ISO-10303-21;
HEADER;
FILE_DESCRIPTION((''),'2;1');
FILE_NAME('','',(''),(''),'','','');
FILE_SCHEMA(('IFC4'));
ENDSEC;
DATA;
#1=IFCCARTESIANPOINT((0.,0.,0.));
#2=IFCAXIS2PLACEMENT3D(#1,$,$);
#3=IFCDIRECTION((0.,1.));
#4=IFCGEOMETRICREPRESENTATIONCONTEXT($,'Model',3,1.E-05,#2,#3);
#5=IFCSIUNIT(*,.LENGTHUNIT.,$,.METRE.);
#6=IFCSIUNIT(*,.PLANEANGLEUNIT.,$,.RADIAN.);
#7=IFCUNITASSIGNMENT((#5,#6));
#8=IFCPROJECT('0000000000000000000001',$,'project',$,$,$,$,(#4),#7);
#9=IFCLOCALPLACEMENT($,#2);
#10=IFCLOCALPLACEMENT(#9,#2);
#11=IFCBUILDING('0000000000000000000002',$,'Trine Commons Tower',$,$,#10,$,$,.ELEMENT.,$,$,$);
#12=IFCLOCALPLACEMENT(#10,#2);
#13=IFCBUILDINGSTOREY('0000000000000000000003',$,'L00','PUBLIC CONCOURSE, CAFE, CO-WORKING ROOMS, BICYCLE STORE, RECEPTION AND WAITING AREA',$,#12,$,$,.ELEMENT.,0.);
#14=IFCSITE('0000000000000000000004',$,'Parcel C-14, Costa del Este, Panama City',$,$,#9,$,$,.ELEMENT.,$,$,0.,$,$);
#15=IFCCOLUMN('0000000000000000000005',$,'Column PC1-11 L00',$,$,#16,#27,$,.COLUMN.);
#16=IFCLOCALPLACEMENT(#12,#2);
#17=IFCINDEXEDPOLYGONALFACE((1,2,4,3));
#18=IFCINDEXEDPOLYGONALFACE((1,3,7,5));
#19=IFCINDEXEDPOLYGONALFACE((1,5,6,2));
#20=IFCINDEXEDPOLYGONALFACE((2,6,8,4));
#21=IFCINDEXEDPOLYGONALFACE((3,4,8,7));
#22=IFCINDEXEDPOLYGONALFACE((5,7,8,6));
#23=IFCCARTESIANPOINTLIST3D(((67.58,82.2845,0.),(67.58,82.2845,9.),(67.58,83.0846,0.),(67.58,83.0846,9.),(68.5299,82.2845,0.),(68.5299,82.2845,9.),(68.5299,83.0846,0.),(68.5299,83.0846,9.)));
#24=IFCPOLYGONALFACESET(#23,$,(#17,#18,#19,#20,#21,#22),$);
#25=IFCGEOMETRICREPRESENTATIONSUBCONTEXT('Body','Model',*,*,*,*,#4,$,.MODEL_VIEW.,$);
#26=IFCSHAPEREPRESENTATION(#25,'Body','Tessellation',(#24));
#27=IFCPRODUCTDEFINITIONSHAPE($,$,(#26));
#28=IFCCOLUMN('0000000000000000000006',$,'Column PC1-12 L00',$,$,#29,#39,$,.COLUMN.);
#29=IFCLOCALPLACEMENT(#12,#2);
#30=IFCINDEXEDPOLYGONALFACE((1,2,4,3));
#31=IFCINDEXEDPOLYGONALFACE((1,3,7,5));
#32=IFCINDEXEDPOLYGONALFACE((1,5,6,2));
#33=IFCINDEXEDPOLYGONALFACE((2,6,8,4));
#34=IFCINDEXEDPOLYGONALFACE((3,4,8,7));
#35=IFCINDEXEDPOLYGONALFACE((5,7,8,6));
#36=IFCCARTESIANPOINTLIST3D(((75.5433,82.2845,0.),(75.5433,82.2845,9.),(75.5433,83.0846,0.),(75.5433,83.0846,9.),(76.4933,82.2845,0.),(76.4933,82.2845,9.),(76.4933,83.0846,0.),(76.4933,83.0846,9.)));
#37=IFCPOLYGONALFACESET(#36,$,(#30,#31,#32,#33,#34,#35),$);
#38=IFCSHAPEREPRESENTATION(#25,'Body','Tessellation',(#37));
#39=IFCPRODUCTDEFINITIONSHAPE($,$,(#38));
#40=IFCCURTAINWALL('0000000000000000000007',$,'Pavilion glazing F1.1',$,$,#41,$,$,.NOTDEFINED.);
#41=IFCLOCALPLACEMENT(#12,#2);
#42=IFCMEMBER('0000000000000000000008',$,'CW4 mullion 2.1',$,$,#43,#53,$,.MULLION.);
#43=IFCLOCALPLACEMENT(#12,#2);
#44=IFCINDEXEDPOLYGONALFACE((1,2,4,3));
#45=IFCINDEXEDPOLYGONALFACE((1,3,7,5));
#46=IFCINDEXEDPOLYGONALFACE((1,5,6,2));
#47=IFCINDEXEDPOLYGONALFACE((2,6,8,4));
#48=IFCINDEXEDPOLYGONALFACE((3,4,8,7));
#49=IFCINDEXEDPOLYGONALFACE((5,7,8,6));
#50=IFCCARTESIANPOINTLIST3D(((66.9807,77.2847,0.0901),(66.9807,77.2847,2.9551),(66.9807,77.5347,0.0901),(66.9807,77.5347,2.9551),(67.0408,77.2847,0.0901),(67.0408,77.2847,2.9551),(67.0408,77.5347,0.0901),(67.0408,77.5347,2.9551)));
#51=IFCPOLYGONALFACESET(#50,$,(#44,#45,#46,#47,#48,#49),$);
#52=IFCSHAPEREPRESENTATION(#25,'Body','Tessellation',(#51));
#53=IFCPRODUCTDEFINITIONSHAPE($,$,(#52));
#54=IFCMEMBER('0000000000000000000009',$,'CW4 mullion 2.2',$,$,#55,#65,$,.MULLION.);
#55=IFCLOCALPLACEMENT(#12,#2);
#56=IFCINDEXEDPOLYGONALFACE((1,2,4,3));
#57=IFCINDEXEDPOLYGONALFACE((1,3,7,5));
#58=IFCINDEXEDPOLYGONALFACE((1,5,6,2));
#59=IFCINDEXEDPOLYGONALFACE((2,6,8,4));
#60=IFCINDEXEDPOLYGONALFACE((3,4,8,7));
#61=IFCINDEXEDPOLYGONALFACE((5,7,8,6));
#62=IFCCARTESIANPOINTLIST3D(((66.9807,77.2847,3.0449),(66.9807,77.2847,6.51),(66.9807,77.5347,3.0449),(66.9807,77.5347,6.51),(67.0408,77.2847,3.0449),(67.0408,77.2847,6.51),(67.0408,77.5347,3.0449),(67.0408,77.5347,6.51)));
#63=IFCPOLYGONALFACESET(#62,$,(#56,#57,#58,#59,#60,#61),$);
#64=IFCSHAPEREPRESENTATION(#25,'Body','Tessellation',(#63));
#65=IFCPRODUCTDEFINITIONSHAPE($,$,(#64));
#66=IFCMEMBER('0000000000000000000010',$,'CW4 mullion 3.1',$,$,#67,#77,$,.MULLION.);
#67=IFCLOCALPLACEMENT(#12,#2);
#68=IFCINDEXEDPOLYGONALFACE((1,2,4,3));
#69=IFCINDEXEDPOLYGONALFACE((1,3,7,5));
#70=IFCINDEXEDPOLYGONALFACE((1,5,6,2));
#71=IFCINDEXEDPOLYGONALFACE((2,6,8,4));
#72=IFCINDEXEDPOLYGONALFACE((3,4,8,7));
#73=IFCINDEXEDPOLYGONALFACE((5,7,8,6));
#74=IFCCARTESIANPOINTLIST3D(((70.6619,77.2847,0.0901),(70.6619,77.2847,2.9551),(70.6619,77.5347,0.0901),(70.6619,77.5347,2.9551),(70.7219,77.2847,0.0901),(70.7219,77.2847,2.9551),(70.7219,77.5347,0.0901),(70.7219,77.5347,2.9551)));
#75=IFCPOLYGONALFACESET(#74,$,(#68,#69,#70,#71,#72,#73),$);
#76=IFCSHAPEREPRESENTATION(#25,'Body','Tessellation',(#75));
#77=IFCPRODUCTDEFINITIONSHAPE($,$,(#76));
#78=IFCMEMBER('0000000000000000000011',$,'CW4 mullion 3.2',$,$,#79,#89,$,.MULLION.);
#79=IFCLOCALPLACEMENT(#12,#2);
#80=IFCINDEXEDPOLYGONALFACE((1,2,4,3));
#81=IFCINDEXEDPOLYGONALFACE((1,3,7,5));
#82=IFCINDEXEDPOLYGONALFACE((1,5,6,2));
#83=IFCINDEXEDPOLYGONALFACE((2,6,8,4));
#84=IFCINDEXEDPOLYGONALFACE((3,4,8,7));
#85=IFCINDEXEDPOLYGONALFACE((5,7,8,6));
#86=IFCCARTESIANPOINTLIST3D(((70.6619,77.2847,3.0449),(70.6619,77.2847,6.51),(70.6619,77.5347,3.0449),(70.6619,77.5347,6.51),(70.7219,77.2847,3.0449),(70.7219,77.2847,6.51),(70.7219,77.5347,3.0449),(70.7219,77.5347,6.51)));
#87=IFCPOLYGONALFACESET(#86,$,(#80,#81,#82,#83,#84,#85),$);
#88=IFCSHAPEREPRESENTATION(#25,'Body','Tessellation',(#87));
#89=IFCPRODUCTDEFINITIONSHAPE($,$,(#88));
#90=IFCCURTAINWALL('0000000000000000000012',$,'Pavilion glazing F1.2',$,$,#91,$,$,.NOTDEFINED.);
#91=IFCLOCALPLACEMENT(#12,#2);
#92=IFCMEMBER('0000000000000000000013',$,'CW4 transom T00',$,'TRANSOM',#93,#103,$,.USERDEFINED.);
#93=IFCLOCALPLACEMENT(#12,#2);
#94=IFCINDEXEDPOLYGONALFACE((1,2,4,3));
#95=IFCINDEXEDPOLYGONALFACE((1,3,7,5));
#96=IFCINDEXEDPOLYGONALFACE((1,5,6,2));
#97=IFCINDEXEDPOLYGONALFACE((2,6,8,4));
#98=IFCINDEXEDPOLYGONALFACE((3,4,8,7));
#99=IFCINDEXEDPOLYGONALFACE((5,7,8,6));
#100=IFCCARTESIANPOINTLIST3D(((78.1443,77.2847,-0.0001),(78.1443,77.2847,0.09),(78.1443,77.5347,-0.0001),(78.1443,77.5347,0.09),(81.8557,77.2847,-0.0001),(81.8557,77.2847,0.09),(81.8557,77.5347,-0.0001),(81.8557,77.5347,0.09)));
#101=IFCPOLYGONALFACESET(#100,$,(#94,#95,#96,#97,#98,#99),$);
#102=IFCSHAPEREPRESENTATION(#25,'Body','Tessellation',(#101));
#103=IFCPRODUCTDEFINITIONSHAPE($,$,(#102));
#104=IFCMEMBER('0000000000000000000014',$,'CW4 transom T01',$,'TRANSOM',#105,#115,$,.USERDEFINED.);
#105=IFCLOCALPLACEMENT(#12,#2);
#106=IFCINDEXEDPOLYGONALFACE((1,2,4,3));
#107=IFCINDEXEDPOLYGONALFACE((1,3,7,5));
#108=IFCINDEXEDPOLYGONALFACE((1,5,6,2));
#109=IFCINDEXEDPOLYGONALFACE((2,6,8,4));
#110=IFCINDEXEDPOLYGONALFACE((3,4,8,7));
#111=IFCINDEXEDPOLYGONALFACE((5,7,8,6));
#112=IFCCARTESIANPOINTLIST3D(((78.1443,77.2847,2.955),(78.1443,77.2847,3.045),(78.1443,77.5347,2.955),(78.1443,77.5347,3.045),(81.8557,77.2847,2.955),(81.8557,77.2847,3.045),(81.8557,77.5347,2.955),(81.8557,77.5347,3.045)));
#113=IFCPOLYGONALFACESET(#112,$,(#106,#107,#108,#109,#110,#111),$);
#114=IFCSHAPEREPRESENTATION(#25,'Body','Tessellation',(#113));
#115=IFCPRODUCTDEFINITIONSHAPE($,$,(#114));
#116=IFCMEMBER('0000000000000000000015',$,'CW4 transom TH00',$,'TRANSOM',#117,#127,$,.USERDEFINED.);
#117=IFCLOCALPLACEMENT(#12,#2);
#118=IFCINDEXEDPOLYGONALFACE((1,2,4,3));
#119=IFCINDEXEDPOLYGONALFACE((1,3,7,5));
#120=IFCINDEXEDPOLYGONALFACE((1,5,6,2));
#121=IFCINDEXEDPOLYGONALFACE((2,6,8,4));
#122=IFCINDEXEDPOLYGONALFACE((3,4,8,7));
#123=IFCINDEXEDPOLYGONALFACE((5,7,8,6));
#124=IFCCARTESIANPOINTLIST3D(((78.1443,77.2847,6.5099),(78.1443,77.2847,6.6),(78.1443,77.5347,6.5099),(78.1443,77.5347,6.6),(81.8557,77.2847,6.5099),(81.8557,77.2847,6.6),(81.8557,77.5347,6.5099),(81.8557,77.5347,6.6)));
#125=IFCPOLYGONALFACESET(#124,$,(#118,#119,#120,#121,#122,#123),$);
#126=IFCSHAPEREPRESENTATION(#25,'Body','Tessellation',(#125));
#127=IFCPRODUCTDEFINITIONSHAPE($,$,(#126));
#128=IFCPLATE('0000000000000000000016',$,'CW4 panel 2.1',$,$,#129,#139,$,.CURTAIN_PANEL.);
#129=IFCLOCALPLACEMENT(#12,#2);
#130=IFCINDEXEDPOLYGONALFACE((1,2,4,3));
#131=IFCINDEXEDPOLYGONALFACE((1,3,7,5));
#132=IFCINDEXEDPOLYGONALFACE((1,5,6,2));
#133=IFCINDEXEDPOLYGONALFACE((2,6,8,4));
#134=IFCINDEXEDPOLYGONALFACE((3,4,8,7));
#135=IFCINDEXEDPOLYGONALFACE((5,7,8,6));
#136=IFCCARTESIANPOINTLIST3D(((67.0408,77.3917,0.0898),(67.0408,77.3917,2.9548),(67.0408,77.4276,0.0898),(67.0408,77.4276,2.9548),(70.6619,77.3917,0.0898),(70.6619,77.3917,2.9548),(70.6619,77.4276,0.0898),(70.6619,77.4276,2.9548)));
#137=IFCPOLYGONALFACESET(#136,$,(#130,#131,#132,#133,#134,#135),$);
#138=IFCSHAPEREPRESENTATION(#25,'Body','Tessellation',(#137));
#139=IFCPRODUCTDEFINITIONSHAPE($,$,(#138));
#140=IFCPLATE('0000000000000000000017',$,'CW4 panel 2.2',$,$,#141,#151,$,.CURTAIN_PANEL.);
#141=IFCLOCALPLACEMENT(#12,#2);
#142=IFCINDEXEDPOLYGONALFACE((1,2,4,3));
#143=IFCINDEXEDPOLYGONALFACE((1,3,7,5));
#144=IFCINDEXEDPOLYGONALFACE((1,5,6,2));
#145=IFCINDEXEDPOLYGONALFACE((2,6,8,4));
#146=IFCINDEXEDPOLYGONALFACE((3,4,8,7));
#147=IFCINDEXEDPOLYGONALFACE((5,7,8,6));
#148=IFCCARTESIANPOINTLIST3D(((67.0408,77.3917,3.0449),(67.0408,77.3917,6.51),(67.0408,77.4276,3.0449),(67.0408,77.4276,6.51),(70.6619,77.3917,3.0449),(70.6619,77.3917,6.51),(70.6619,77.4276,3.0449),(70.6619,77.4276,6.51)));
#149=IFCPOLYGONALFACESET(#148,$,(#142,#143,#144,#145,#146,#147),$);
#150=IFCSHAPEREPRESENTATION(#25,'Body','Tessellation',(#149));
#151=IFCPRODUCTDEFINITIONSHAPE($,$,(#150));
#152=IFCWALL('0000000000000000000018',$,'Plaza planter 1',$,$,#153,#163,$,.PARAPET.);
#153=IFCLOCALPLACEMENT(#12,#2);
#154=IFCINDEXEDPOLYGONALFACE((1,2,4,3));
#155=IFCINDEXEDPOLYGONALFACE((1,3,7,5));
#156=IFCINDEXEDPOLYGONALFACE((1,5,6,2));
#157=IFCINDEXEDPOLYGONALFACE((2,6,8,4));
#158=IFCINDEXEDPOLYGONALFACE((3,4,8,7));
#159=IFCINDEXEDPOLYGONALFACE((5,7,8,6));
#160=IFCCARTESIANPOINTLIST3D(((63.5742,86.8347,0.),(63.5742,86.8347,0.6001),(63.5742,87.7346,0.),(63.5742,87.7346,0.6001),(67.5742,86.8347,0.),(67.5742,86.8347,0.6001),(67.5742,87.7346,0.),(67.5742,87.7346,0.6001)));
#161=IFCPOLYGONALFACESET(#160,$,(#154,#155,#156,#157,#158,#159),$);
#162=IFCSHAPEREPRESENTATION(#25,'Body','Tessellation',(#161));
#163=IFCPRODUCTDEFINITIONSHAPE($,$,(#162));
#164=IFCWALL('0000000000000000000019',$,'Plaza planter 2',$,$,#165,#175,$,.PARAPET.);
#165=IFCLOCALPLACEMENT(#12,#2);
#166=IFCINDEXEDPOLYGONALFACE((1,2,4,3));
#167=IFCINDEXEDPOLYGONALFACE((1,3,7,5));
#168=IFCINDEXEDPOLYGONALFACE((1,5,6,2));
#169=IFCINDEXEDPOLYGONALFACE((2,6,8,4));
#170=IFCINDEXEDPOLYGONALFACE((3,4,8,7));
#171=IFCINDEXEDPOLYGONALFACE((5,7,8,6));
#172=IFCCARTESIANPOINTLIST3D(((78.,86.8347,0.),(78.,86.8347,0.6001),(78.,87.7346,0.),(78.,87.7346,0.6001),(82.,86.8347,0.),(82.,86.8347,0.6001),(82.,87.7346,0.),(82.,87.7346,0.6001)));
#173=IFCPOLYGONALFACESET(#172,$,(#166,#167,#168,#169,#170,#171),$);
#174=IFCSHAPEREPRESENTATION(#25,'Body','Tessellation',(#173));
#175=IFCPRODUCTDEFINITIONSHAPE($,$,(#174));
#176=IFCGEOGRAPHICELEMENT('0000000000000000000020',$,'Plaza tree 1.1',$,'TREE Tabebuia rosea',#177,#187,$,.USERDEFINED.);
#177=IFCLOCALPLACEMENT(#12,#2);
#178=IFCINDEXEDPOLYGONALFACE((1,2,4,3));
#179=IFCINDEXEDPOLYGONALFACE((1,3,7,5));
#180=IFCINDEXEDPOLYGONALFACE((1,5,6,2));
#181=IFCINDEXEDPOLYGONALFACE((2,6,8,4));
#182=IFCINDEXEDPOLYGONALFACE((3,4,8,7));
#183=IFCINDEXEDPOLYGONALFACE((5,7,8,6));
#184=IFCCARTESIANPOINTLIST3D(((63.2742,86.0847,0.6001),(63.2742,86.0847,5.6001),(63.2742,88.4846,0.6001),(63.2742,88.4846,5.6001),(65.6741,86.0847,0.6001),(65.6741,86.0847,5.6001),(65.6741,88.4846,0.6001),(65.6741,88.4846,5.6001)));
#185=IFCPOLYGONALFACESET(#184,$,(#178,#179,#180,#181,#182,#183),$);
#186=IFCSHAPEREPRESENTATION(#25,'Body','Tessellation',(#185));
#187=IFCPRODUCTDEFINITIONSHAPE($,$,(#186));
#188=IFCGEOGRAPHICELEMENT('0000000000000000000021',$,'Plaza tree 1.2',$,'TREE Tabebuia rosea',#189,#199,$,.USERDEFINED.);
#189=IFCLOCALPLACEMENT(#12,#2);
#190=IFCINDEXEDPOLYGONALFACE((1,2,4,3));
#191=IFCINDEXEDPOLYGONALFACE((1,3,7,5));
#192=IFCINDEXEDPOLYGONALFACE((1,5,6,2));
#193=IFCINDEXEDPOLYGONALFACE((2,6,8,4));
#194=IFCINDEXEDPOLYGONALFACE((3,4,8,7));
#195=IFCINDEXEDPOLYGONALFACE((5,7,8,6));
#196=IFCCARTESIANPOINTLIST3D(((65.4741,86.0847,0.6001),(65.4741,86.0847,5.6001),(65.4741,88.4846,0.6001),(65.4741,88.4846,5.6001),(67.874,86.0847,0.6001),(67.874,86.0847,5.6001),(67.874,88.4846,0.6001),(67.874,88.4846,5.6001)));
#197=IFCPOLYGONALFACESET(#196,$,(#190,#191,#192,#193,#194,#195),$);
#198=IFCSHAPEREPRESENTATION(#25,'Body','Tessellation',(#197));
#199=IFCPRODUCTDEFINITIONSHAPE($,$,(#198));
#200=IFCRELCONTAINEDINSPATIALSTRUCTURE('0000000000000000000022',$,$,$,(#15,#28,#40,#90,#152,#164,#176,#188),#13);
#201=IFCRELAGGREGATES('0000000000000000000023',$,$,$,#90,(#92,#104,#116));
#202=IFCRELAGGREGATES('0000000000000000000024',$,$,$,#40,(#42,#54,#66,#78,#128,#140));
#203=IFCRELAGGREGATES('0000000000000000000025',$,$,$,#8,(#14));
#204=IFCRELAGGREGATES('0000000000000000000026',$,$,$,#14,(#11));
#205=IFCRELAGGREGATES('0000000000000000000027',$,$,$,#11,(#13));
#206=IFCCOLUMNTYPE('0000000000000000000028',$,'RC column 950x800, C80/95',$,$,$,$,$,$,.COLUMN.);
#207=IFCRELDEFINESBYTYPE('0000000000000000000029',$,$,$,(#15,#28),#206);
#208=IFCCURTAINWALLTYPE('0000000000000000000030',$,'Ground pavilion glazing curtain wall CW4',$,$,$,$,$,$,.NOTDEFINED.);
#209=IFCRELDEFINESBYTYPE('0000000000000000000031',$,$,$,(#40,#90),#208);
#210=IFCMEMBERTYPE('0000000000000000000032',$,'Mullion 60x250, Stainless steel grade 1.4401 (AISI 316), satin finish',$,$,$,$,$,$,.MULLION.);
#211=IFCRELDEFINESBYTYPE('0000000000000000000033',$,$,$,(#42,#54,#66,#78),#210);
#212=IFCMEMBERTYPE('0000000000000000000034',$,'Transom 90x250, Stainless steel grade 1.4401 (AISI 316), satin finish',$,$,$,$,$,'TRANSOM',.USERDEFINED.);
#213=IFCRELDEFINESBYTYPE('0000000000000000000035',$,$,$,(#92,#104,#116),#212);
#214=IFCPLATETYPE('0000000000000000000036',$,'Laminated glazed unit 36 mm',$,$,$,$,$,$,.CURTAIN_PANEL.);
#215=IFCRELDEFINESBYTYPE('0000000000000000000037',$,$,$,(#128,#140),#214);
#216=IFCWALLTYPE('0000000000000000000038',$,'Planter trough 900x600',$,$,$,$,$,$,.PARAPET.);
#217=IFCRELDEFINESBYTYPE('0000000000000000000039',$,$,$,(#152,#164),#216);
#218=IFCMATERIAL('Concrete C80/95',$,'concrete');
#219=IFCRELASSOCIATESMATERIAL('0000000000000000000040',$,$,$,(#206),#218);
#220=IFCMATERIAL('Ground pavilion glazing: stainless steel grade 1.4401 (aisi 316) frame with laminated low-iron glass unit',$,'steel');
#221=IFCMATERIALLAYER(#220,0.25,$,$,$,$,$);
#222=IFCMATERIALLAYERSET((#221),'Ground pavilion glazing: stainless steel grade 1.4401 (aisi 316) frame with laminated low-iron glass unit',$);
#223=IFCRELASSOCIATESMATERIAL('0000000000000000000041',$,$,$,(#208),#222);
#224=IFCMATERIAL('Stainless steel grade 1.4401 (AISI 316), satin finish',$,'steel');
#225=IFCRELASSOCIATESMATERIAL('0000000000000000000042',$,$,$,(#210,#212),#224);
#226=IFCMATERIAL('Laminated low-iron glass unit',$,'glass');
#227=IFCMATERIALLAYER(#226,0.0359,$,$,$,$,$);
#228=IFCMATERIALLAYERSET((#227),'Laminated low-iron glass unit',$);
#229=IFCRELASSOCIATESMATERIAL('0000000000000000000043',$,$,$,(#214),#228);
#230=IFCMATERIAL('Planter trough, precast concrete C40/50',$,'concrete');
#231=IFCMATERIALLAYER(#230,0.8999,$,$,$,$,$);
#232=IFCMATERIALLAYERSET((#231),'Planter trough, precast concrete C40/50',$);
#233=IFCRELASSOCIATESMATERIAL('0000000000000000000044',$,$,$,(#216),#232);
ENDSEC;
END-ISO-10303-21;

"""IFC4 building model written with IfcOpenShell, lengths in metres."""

from ifc_helpers import new_model, si_unit, direction, frame, frame_2d, origin, origin_2d, place, context, subcontext, project, spatial, rectangle, extrude, material, layer, layer_set, material_profile, profile_set, type_object, element, aggregate, save


model = new_model("IFC4")

# Units and contexts
model_context = context("Model", 3, precision=1e-05, world=origin(), true_north=direction((0.0, 1.0)))
body_context = subcontext(model_context, "Body", "Model", "MODEL_VIEW")
ifc_project = project(units=[si_unit("LENGTHUNIT", "METRE"), si_unit("PLANEANGLEUNIT", "RADIAN")], contexts=[model_context])

# Site, building, storey
site_placement = place(None, origin())
site = spatial("IfcSite", under=ifc_project, at=site_placement, Name="Parcel C-14, Costa del Este, Panama City", CompositionType="ELEMENT", RefElevation=0.0)
building_placement = place(site_placement, origin())
building = spatial("IfcBuilding", under=site, at=building_placement, Name="Trine Commons Tower", CompositionType="ELEMENT")
storey_placement = place(building_placement, origin())
storey = spatial("IfcBuildingStorey", under=building, at=storey_placement, Name="L00", Description="PUBLIC CONCOURSE, CAFE, CO-WORKING ROOMS, BICYCLE STORE, RECEPTION AND WAITING AREA", CompositionType="ELEMENT", Elevation=0.0)

# Columns
ifc_material_1 = material(Name="Concrete C80/95", Category="concrete")
ifc_material_profile_1 = material_profile(ifc_material_1, rectangle(XDim=0.95, YDim=0.8, at=origin_2d()), Name="RC 950x800")
ifc_profile_set_1 = profile_set([ifc_material_profile_1], Name="Concrete C80/95")
column_type = type_object("IfcColumnType", Name="RC column 950x800, C80/95", PredefinedType="COLUMN", material=ifc_profile_set_1)
for number, where, z_axis, x_axis, name in (
    (1, (68.0549, 82.6846, 0.0), (0.0, 0.0, 1.0), (1.0, 0.0, 0.0), "Column PC1-11 L00"),
    (2, (76.0183, 82.6846, 0.0), (0.0, 0.0, 1.0), (1.0, 0.0, 0.0), "Column PC1-12 L00"),
):
    element("IfcColumn", number, at=place(storey_placement, frame(where, z_axis=z_axis, x_axis=x_axis)), inside=storey, type_object=column_type, Name=name, PredefinedType="COLUMN", context=body_context, shape_type="SweptSolid", body=[
        extrude(rectangle(XDim=0.95, YDim=0.8, at=origin_2d()), origin(), (0.0, 0.0, 1.0), 9.0),
    ])

# Curtain walls, members
ifc_material_2 = material(Name="Ground pavilion glazing: stainless steel grade 1.4401 (aisi 316) frame with laminated low-iron glass unit", Category="steel")
ifc_layer_1 = layer(ifc_material_2, 0.25)
ifc_layer_set_1 = layer_set([ifc_layer_1], Name="Ground pavilion glazing: stainless steel grade 1.4401 (aisi 316) frame with laminated low-iron glass unit")
curtain_wall_type = type_object("IfcCurtainWallType", Name="Ground pavilion glazing curtain wall CW4", PredefinedType="NOTDEFINED", material=ifc_layer_set_1)
curtain_wall_1_placement = place(storey_placement, origin())
curtain_wall_1 = element("IfcCurtainWall", 3, at=curtain_wall_1_placement, inside=storey, type_object=curtain_wall_type, Name="Pavilion glazing F1.1", PredefinedType="NOTDEFINED")
ifc_material_3 = material(Name="Stainless steel grade 1.4401 (AISI 316), satin finish", Category="steel")
ifc_material_profile_2 = material_profile(ifc_material_3, rectangle(XDim=0.25, YDim=0.0601, at=origin_2d()), Name="Mullion 60x250")
ifc_profile_set_2 = profile_set([ifc_material_profile_2], Name="Stainless steel grade 1.4401 (AISI 316), satin finish")
member_type_1 = type_object("IfcMemberType", Name="Mullion 60x250, Stainless steel grade 1.4401 (AISI 316), satin finish", PredefinedType="MULLION", material=ifc_profile_set_2)
member_1_placement = place(storey_placement, frame((67.0107, 77.4097, 0.0901), z_axis=(0.0, 0.0, 1.0), x_axis=(0.0, 1.0, 0.0)))
member_1 = element("IfcMember", 4, at=member_1_placement, type_object=member_type_1, Name="CW4 mullion 2.1", PredefinedType="MULLION", context=body_context, shape_type="SweptSolid", body=[
    extrude(rectangle(XDim=0.25, YDim=0.0601, at=origin_2d()), origin(), (0.0, 0.0, 1.0), 2.865),
])
member_2_placement = place(storey_placement, frame((67.0107, 77.4097, 3.0449), z_axis=(0.0, 0.0, 1.0), x_axis=(0.0, 1.0, 0.0)))
member_2 = element("IfcMember", 5, at=member_2_placement, type_object=member_type_1, Name="CW4 mullion 2.2", PredefinedType="MULLION", context=body_context, shape_type="SweptSolid", body=[
    extrude(rectangle(XDim=0.25, YDim=0.0601, at=origin_2d()), origin(), (0.0, 0.0, 1.0), 3.4651),
])
member_3_placement = place(storey_placement, frame((70.6919, 77.4097, 0.0901), z_axis=(0.0, 0.0, 1.0), x_axis=(0.0, 1.0, 0.0)))
member_3 = element("IfcMember", 6, at=member_3_placement, type_object=member_type_1, Name="CW4 mullion 3.1", PredefinedType="MULLION", context=body_context, shape_type="SweptSolid", body=[
    extrude(rectangle(XDim=0.25, YDim=0.0601, at=origin_2d()), origin(), (0.0, 0.0, 1.0), 2.865),
])
member_4_placement = place(storey_placement, frame((70.6919, 77.4097, 3.0449), z_axis=(0.0, 0.0, 1.0), x_axis=(0.0, 1.0, 0.0)))
member_4 = element("IfcMember", 7, at=member_4_placement, type_object=member_type_1, Name="CW4 mullion 3.2", PredefinedType="MULLION", context=body_context, shape_type="SweptSolid", body=[
    extrude(rectangle(XDim=0.25, YDim=0.0601, at=origin_2d()), origin(), (0.0, 0.0, 1.0), 3.4651),
])
curtain_wall_2_placement = place(storey_placement, origin())
curtain_wall_2 = element("IfcCurtainWall", 8, at=curtain_wall_2_placement, inside=storey, type_object=curtain_wall_type, Name="Pavilion glazing F1.2", PredefinedType="NOTDEFINED")
ifc_material_profile_3 = material_profile(ifc_material_3, rectangle(XDim=0.25, YDim=0.0901, at=origin_2d()), Name="Transom 90x250")
ifc_profile_set_3 = profile_set([ifc_material_profile_3], Name="Stainless steel grade 1.4401 (AISI 316), satin finish")
member_type_2 = type_object("IfcMemberType", Name="Transom 90x250, Stainless steel grade 1.4401 (AISI 316), satin finish", ElementType="TRANSOM", PredefinedType="USERDEFINED", material=ifc_profile_set_3)
member_5_placement = place(storey_placement, frame((78.1443, 77.4097, 0.0449), z_axis=(1.0, 0.0, 0.0), x_axis=(0.0, 1.0, 0.0)))
member_5 = element("IfcMember", 9, at=member_5_placement, type_object=member_type_2, Name="CW4 transom T00", ObjectType="TRANSOM", PredefinedType="USERDEFINED", context=body_context, shape_type="SweptSolid", body=[
    extrude(rectangle(XDim=0.25, YDim=0.0901, at=origin_2d()), origin(), (0.0, 0.0, 1.0), 3.7114),
])
member_6_placement = place(storey_placement, frame((78.1443, 77.4097, 3.0), z_axis=(1.0, 0.0, 0.0), x_axis=(0.0, 1.0, 0.0)))
member_6 = element("IfcMember", 10, at=member_6_placement, type_object=member_type_2, Name="CW4 transom T01", ObjectType="TRANSOM", PredefinedType="USERDEFINED", context=body_context, shape_type="SweptSolid", body=[
    extrude(rectangle(XDim=0.25, YDim=0.0901, at=origin_2d()), origin(), (0.0, 0.0, 1.0), 3.7114),
])
member_7_placement = place(storey_placement, frame((78.1443, 77.4097, 6.5549), z_axis=(1.0, 0.0, 0.0), x_axis=(0.0, 1.0, 0.0)))
member_7 = element("IfcMember", 11, at=member_7_placement, type_object=member_type_2, Name="CW4 transom TH00", ObjectType="TRANSOM", PredefinedType="USERDEFINED", context=body_context, shape_type="SweptSolid", body=[
    extrude(rectangle(XDim=0.25, YDim=0.0901, at=origin_2d()), origin(), (0.0, 0.0, 1.0), 3.7114),
])
aggregate(curtain_wall_2, [member_5, member_6, member_7])

# Plates
ifc_material_4 = material(Name="Laminated low-iron glass unit", Category="glass")
ifc_layer_2 = layer(ifc_material_4, 0.0359)
ifc_layer_set_2 = layer_set([ifc_layer_2], Name="Laminated low-iron glass unit")
plate_type = type_object("IfcPlateType", Name="Laminated glazed unit 36 mm", PredefinedType="CURTAIN_PANEL", material=ifc_layer_set_2)
plate_1_placement = place(storey_placement, frame((68.8513, 77.4097, 0.0898), z_axis=(0.0, 0.0, 1.0), x_axis=(1.0, 0.0, 0.0)))
plate_1 = element("IfcPlate", 12, at=plate_1_placement, type_object=plate_type, Name="CW4 panel 2.1", PredefinedType="CURTAIN_PANEL", context=body_context, shape_type="SweptSolid", body=[
    extrude(rectangle(XDim=3.6211, YDim=0.0359, at=origin_2d()), origin(), (0.0, 0.0, 1.0), 2.865),
])
plate_2_placement = place(storey_placement, frame((68.8513, 77.4097, 3.0449), z_axis=(0.0, 0.0, 1.0), x_axis=(1.0, 0.0, 0.0)))
plate_2 = element("IfcPlate", 13, at=plate_2_placement, type_object=plate_type, Name="CW4 panel 2.2", PredefinedType="CURTAIN_PANEL", context=body_context, shape_type="SweptSolid", body=[
    extrude(rectangle(XDim=3.6211, YDim=0.0359, at=origin_2d()), origin(), (0.0, 0.0, 1.0), 3.4651),
])
aggregate(curtain_wall_1, [member_1, member_2, member_3, member_4, plate_1, plate_2])

# Walls
ifc_material_5 = material(Name="Planter trough, precast concrete C40/50", Category="concrete")
ifc_layer_3 = layer(ifc_material_5, 0.8999)
ifc_layer_set_3 = layer_set([ifc_layer_3], Name="Planter trough, precast concrete C40/50")
wall_type = type_object("IfcWallType", Name="Planter trough 900x600", PredefinedType="PARAPET", material=ifc_layer_set_3)
for number, where, z_axis, x_axis, name in (
    (14, (63.5742, 87.2847, 0.0), (0.0, 0.0, 1.0), (1.0, 0.0, 0.0), "Plaza planter 1"),
    (15, (78.0, 87.2847, 0.0), (0.0, 0.0, 1.0), (1.0, 0.0, 0.0), "Plaza planter 2"),
):
    element("IfcWall", number, at=place(storey_placement, frame(where, z_axis=z_axis, x_axis=x_axis)), inside=storey, type_object=wall_type, Name=name, PredefinedType="PARAPET", context=body_context, shape_type="SweptSolid", body=[
        extrude(rectangle(XDim=4.0, YDim=0.8999, at=frame_2d((2.0, 0.0))), origin(), (0.0, 0.0, 1.0), 0.6001),
    ])

# Geographic elements
for number, where, z_axis, x_axis, name in (
    (16, (64.4741, 87.2847, 0.6001), (0.0, 0.0, 1.0), (1.0, 0.0, 0.0), "Plaza tree 1.1"),
    (17, (66.6741, 87.2847, 0.6001), (0.0, 0.0, 1.0), (1.0, 0.0, 0.0), "Plaza tree 1.2"),
):
    element("IfcGeographicElement", number, at=place(storey_placement, frame(where, z_axis=z_axis, x_axis=x_axis)), inside=storey, Name=name, ObjectType="TREE Tabebuia rosea", PredefinedType="USERDEFINED", context=body_context, shape_type="SweptSolid", body=[
        extrude(rectangle(XDim=2.3999, YDim=2.3999, at=origin_2d()), origin(), (0.0, 0.0, 1.0), 5.0),
    ])

save(model, "model.ifc")
